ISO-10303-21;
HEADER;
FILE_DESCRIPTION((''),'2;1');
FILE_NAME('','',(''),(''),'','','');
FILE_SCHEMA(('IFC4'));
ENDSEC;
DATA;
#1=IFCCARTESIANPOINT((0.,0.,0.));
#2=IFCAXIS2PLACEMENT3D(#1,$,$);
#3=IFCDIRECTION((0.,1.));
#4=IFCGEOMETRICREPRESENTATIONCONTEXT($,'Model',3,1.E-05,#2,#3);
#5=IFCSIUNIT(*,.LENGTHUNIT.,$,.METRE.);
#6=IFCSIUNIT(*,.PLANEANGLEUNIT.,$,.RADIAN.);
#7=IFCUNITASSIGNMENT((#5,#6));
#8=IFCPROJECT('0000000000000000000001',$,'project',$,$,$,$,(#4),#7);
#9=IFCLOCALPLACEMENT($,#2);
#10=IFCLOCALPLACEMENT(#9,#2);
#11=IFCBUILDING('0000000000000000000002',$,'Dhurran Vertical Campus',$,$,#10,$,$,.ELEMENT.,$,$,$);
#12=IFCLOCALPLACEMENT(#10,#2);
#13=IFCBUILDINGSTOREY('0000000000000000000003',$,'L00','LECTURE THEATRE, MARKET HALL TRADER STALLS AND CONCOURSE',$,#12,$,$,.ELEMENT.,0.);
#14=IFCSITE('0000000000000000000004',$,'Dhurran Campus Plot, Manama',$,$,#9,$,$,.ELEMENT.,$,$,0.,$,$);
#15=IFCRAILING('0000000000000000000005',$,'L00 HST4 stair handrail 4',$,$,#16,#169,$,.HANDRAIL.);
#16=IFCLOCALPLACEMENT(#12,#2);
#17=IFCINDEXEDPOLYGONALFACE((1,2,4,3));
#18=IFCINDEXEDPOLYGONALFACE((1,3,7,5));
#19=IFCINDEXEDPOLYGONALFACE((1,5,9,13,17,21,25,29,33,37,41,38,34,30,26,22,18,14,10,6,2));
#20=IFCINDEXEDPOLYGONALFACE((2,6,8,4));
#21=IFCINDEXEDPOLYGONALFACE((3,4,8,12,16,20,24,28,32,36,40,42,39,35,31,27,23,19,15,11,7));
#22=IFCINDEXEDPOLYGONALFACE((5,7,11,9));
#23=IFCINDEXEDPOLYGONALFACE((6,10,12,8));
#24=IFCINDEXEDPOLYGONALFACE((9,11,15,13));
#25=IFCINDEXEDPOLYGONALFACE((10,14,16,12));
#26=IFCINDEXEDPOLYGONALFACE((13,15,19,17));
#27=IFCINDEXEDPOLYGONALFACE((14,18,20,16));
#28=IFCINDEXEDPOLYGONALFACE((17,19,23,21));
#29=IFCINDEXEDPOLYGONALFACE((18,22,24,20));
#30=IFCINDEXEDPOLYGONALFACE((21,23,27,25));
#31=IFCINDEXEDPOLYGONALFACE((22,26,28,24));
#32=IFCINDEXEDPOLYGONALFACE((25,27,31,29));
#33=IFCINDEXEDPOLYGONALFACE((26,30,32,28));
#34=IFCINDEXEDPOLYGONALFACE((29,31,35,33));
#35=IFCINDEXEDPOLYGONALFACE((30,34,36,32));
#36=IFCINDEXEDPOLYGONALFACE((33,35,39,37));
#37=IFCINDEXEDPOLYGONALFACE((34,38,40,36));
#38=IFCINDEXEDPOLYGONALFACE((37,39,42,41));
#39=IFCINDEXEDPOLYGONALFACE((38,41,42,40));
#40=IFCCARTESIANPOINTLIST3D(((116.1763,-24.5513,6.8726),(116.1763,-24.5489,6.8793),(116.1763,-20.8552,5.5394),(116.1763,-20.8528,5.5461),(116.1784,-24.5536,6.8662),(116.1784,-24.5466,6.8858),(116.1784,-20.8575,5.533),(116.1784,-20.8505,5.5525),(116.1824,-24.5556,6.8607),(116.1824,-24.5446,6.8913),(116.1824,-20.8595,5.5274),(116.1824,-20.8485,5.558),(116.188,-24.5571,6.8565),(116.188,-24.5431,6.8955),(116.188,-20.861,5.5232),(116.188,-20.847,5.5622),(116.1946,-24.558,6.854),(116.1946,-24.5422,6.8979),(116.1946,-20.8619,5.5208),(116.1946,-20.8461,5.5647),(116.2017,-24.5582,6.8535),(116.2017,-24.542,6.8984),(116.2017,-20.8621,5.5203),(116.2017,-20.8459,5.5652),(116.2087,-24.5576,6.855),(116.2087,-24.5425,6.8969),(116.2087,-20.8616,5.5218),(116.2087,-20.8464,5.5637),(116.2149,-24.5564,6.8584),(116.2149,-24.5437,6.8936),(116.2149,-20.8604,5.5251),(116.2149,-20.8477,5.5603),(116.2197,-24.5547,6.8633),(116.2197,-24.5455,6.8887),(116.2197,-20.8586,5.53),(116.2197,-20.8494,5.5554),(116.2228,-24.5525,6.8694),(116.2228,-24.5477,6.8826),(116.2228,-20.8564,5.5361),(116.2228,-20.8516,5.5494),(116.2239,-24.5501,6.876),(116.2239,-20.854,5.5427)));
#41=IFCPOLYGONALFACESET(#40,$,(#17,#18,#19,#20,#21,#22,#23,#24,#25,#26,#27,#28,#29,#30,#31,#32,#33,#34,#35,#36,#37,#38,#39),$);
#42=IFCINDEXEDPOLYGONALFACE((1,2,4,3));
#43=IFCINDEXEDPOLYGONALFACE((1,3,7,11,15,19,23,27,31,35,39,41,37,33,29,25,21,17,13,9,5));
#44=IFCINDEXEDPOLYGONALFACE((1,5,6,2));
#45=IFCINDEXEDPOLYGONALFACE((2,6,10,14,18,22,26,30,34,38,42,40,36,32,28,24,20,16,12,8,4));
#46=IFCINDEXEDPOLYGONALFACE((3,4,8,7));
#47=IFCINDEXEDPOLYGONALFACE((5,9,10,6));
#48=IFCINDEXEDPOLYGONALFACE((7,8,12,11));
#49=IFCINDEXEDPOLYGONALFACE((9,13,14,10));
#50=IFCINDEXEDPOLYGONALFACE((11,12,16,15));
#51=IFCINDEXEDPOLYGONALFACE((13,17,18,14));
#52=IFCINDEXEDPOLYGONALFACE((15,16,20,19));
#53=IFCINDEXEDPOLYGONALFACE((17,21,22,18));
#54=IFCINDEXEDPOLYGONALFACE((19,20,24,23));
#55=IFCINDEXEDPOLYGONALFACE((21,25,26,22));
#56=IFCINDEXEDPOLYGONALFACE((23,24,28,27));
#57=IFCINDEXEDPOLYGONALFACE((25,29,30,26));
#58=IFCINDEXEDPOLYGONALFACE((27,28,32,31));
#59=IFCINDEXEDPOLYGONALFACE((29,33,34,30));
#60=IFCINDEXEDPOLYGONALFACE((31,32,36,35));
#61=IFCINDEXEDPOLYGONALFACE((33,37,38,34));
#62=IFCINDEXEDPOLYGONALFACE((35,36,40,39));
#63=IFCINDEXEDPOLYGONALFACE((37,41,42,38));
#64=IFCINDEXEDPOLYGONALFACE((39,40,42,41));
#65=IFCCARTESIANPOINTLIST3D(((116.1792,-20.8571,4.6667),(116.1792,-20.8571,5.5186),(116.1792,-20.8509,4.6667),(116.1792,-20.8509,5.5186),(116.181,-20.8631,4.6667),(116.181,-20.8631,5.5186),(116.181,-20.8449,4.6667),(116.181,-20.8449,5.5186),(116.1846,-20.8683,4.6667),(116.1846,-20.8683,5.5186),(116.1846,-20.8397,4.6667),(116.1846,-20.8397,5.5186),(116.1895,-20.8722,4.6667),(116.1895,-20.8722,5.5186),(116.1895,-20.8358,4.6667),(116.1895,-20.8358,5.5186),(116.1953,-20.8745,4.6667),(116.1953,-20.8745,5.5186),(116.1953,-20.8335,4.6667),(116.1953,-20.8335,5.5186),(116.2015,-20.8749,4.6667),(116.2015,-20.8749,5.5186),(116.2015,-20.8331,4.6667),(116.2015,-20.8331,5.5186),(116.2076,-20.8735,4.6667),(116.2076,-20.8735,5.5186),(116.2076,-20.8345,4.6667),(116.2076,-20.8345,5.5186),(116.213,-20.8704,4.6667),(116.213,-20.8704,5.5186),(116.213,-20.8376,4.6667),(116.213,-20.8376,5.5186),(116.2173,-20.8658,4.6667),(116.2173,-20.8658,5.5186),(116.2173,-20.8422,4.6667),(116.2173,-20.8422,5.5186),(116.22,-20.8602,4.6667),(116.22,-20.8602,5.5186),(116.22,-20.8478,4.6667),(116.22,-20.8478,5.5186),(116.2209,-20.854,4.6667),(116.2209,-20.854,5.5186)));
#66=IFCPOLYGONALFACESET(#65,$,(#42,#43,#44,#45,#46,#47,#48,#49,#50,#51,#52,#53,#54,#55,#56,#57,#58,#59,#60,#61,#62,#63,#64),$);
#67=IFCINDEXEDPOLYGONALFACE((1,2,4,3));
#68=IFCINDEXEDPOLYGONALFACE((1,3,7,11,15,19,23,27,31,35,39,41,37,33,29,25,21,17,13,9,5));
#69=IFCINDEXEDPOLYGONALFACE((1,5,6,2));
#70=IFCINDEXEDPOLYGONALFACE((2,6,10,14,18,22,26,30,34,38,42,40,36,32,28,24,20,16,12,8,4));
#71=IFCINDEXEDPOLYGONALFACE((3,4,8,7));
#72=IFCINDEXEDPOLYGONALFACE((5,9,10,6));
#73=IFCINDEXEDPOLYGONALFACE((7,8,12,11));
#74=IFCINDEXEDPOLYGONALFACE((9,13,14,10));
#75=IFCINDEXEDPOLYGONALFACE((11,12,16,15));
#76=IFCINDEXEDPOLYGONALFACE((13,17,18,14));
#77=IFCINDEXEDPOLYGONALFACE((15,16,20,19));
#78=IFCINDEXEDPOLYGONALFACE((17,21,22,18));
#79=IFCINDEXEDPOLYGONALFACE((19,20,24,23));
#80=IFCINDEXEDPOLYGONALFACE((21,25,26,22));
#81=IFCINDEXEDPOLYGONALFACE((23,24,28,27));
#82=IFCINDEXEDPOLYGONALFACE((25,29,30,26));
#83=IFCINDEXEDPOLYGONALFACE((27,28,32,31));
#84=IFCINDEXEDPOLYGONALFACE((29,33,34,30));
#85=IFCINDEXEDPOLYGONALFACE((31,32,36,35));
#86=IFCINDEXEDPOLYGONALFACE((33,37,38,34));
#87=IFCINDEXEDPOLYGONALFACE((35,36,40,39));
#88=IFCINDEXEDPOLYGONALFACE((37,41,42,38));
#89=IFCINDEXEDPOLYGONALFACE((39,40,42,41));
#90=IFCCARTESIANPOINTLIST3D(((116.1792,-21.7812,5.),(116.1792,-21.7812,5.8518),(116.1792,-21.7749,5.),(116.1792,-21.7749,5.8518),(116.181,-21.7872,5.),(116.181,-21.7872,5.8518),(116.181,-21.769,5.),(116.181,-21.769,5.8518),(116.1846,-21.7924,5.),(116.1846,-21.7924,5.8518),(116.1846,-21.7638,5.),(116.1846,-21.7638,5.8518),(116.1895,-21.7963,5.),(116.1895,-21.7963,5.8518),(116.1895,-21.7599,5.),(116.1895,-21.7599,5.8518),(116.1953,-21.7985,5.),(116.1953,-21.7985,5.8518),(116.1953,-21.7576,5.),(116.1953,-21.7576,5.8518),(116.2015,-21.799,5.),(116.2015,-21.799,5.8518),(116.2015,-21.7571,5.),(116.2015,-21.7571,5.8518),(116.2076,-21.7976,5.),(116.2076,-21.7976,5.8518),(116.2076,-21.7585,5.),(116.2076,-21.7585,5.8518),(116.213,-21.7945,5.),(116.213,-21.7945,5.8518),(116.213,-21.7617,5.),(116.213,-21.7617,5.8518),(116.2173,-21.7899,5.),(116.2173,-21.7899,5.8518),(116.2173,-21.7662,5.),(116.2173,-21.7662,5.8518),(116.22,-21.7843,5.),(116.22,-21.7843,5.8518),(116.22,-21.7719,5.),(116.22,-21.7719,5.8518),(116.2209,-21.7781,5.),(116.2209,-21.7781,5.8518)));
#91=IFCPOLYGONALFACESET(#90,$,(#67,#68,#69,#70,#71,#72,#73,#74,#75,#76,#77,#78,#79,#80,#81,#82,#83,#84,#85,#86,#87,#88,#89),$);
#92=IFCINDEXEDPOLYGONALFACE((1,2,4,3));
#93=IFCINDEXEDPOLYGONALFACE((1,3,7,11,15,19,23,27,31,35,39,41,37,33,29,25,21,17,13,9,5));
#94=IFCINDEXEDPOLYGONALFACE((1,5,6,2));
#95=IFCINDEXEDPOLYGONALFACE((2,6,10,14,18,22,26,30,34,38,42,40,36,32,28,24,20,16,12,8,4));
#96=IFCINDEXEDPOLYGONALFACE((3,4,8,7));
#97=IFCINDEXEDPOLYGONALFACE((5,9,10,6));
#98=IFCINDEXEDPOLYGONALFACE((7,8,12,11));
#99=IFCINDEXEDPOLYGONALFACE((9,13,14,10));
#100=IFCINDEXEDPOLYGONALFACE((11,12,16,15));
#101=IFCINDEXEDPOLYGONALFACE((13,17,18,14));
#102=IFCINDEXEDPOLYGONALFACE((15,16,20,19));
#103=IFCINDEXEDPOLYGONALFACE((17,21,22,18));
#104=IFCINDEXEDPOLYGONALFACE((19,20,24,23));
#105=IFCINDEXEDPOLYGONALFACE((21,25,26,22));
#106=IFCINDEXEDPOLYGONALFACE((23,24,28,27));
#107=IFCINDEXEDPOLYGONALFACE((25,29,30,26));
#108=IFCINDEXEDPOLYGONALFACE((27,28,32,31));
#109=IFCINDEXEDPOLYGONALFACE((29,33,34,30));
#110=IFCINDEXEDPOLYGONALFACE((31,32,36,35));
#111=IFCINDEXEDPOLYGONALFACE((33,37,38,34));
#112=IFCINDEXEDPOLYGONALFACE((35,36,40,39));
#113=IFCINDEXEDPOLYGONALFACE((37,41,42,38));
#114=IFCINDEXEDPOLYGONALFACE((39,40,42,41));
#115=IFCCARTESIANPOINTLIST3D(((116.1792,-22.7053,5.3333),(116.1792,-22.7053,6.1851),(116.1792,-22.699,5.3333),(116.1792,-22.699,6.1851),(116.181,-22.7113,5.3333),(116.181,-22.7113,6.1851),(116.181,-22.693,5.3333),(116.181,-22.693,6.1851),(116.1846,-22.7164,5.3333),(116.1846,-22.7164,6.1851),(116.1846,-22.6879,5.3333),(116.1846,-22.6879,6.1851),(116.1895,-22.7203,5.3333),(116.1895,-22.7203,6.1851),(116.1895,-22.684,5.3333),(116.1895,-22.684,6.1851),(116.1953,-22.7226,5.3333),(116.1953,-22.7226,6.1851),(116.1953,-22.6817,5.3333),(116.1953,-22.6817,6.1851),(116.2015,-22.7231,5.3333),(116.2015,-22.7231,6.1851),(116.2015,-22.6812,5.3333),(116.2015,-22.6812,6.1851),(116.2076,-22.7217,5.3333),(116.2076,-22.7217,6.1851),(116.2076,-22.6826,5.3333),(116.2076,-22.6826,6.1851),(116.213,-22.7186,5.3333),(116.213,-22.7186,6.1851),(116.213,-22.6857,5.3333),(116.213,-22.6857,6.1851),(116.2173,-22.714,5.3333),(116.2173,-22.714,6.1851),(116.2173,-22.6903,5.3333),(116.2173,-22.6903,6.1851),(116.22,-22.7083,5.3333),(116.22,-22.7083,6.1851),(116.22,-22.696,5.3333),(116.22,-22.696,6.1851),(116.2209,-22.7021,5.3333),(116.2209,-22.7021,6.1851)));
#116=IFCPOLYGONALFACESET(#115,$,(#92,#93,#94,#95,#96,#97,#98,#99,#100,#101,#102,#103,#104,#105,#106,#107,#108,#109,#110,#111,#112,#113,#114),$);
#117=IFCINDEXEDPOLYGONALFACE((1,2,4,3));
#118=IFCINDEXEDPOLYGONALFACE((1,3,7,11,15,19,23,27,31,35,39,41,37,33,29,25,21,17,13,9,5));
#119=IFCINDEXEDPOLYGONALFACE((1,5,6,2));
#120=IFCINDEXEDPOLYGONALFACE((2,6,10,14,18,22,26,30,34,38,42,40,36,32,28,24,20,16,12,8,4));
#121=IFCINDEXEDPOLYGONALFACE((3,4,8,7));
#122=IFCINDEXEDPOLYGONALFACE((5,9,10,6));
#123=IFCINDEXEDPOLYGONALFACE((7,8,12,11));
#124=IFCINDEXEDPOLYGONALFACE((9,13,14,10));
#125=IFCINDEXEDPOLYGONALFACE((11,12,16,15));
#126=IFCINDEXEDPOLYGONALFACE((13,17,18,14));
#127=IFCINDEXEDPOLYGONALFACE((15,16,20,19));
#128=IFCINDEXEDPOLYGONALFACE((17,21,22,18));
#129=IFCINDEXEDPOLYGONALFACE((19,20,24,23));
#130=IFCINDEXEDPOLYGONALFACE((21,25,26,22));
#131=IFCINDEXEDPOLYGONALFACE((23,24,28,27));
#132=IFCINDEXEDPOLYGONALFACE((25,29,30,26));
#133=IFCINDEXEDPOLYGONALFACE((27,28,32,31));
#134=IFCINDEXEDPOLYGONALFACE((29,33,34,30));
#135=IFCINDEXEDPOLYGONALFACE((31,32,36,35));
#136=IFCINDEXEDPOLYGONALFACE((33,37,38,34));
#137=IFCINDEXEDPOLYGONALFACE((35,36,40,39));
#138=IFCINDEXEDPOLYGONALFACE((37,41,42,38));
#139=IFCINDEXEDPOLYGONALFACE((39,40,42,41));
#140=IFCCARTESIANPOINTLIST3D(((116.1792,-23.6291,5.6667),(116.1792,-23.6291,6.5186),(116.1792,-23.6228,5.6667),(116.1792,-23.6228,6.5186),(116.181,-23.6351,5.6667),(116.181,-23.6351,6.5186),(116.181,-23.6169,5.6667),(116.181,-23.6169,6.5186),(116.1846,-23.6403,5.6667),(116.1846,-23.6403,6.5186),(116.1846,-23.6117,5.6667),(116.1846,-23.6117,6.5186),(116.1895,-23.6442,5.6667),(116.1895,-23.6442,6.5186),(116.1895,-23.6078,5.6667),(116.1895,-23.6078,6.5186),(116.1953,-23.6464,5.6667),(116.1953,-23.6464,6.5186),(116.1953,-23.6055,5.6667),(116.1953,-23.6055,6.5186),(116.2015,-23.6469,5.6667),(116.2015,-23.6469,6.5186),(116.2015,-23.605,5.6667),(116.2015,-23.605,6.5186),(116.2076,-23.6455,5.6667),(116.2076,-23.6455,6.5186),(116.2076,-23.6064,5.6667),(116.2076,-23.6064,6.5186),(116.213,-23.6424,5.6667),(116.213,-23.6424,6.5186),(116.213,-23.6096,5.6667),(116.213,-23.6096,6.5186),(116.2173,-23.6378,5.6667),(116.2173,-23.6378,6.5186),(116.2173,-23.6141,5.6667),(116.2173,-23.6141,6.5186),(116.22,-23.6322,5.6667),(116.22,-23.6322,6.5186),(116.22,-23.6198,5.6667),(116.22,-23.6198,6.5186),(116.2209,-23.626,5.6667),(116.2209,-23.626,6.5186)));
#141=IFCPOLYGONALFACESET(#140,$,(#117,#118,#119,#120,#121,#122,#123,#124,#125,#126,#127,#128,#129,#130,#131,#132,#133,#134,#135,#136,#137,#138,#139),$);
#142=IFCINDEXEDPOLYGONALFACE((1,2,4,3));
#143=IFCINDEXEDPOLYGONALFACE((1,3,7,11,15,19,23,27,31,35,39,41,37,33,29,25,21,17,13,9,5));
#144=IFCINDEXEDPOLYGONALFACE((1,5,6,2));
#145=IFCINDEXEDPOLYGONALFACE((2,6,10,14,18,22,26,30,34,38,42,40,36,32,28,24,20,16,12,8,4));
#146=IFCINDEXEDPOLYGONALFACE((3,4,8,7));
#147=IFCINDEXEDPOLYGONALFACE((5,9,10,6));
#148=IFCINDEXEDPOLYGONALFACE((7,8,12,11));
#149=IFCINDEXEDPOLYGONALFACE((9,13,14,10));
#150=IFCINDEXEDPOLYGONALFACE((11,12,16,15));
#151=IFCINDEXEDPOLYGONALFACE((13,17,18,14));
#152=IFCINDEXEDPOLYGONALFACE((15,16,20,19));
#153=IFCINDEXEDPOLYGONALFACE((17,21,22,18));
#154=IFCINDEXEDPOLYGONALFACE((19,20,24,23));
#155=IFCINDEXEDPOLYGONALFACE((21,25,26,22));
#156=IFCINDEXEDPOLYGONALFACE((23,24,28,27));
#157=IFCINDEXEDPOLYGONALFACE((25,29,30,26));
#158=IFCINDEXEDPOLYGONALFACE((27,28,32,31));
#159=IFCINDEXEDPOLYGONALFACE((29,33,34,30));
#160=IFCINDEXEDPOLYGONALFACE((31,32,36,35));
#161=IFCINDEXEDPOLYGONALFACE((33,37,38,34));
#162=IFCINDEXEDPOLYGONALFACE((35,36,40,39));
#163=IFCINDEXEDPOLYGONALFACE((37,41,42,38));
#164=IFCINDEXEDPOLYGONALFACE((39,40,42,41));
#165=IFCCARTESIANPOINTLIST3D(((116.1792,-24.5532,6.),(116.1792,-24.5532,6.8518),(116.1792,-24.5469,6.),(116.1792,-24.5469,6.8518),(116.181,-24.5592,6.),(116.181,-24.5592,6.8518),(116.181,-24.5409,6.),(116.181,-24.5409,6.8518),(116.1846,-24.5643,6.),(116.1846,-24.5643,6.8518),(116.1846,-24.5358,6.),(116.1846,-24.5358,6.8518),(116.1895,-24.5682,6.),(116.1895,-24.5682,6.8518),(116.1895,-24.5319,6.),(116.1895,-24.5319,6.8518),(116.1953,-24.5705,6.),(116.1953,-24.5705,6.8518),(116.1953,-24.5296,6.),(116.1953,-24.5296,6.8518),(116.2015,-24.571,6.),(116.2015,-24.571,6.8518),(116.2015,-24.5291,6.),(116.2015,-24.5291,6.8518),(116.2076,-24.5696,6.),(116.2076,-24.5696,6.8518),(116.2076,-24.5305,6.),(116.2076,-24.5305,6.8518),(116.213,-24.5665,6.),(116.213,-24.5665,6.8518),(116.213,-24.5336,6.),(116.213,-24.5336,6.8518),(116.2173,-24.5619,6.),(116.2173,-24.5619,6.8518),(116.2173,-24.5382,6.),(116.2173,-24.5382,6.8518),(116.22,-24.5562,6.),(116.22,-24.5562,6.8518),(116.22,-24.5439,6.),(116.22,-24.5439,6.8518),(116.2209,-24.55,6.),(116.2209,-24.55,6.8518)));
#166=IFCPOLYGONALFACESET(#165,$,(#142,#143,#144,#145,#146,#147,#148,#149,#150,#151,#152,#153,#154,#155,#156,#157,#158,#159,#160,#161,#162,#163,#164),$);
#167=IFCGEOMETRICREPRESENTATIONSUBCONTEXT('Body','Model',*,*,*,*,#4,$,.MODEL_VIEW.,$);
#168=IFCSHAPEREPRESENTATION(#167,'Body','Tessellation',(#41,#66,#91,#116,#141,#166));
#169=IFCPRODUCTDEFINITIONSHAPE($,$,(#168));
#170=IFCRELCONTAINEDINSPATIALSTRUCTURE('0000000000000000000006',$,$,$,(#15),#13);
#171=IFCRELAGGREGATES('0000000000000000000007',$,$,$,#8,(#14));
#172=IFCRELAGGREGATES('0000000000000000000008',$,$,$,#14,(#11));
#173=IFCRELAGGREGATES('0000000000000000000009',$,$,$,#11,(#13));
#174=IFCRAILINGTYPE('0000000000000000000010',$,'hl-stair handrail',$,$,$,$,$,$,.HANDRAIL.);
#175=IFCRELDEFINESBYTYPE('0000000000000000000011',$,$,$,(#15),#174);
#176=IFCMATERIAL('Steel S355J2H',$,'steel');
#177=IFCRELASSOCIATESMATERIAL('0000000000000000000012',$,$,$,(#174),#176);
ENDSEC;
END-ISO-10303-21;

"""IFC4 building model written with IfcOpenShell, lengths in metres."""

from ifc_helpers import new_model, si_unit, direction, frame, origin, origin_2d, place, context, subcontext, project, spatial, circle, extrude, material, type_object, element, save


model = new_model("IFC4")

# Units and contexts
model_context = context("Model", 3, precision=1e-05, world=origin(), true_north=direction((0.0, 1.0)))
body_context = subcontext(model_context, "Body", "Model", "MODEL_VIEW")
ifc_project = project(units=[si_unit("LENGTHUNIT", "METRE"), si_unit("PLANEANGLEUNIT", "RADIAN")], contexts=[model_context])

# Site, building, storey
site_placement = place(None, origin())
site = spatial("IfcSite", under=ifc_project, at=site_placement, Name="Dhurran Campus Plot, Manama", CompositionType="ELEMENT", RefElevation=0.0)
building_placement = place(site_placement, origin())
building = spatial("IfcBuilding", under=site, at=building_placement, Name="Dhurran Vertical Campus", CompositionType="ELEMENT")
storey_placement = place(building_placement, origin())
storey = spatial("IfcBuildingStorey", under=building, at=storey_placement, Name="L00", Description="LECTURE THEATRE, MARKET HALL TRADER STALLS AND CONCOURSE", CompositionType="ELEMENT", Elevation=0.0)

# Railing
ifc_material_1 = material(Name="Steel S355J2H", Category="steel")
railing_type_1 = type_object("IfcRailingType", Name="hl-stair handrail", PredefinedType="HANDRAIL", material=ifc_material_1)
for number, where, name in (
    (1, (116.2, -20.854, 4.6667), "L00 HST4 stair handrail 4"),
):
    element("IfcRailing", number, at=place(storey_placement, frame(where)), inside=storey, type_object=railing_type_1, Name=name, PredefinedType="HANDRAIL", context=body_context, shape_type="SweptSolid", body=[
        extrude(circle(Radius=0.0239, at=origin_2d()), frame((0.0, 0.0, 0.876), z_axis=(0.0, -0.94067, 0.339322), x_axis=(1.0, 0.0, 0.0)), (0.0, 0.0, 1.0), 3.9292),
        extrude(circle(Radius=0.021, at=origin_2d()), origin(), (0.0, 0.0, 1.0), 0.8518),
        extrude(circle(Radius=0.021, at=origin_2d()), frame((0.0, -0.9241, 0.3333)), (0.0, 0.0, 1.0), 0.8518),
        extrude(circle(Radius=0.021, at=origin_2d()), frame((0.0, -1.8481, 0.6665)), (0.0, 0.0, 1.0), 0.8518),
        extrude(circle(Radius=0.021, at=origin_2d()), frame((0.0, -2.772, 1.0)), (0.0, 0.0, 1.0), 0.8518),
        extrude(circle(Radius=0.021, at=origin_2d()), frame((0.0, -3.696, 1.3333)), (0.0, 0.0, 1.0), 0.8518),
    ])

save(model, "model.ifc")
